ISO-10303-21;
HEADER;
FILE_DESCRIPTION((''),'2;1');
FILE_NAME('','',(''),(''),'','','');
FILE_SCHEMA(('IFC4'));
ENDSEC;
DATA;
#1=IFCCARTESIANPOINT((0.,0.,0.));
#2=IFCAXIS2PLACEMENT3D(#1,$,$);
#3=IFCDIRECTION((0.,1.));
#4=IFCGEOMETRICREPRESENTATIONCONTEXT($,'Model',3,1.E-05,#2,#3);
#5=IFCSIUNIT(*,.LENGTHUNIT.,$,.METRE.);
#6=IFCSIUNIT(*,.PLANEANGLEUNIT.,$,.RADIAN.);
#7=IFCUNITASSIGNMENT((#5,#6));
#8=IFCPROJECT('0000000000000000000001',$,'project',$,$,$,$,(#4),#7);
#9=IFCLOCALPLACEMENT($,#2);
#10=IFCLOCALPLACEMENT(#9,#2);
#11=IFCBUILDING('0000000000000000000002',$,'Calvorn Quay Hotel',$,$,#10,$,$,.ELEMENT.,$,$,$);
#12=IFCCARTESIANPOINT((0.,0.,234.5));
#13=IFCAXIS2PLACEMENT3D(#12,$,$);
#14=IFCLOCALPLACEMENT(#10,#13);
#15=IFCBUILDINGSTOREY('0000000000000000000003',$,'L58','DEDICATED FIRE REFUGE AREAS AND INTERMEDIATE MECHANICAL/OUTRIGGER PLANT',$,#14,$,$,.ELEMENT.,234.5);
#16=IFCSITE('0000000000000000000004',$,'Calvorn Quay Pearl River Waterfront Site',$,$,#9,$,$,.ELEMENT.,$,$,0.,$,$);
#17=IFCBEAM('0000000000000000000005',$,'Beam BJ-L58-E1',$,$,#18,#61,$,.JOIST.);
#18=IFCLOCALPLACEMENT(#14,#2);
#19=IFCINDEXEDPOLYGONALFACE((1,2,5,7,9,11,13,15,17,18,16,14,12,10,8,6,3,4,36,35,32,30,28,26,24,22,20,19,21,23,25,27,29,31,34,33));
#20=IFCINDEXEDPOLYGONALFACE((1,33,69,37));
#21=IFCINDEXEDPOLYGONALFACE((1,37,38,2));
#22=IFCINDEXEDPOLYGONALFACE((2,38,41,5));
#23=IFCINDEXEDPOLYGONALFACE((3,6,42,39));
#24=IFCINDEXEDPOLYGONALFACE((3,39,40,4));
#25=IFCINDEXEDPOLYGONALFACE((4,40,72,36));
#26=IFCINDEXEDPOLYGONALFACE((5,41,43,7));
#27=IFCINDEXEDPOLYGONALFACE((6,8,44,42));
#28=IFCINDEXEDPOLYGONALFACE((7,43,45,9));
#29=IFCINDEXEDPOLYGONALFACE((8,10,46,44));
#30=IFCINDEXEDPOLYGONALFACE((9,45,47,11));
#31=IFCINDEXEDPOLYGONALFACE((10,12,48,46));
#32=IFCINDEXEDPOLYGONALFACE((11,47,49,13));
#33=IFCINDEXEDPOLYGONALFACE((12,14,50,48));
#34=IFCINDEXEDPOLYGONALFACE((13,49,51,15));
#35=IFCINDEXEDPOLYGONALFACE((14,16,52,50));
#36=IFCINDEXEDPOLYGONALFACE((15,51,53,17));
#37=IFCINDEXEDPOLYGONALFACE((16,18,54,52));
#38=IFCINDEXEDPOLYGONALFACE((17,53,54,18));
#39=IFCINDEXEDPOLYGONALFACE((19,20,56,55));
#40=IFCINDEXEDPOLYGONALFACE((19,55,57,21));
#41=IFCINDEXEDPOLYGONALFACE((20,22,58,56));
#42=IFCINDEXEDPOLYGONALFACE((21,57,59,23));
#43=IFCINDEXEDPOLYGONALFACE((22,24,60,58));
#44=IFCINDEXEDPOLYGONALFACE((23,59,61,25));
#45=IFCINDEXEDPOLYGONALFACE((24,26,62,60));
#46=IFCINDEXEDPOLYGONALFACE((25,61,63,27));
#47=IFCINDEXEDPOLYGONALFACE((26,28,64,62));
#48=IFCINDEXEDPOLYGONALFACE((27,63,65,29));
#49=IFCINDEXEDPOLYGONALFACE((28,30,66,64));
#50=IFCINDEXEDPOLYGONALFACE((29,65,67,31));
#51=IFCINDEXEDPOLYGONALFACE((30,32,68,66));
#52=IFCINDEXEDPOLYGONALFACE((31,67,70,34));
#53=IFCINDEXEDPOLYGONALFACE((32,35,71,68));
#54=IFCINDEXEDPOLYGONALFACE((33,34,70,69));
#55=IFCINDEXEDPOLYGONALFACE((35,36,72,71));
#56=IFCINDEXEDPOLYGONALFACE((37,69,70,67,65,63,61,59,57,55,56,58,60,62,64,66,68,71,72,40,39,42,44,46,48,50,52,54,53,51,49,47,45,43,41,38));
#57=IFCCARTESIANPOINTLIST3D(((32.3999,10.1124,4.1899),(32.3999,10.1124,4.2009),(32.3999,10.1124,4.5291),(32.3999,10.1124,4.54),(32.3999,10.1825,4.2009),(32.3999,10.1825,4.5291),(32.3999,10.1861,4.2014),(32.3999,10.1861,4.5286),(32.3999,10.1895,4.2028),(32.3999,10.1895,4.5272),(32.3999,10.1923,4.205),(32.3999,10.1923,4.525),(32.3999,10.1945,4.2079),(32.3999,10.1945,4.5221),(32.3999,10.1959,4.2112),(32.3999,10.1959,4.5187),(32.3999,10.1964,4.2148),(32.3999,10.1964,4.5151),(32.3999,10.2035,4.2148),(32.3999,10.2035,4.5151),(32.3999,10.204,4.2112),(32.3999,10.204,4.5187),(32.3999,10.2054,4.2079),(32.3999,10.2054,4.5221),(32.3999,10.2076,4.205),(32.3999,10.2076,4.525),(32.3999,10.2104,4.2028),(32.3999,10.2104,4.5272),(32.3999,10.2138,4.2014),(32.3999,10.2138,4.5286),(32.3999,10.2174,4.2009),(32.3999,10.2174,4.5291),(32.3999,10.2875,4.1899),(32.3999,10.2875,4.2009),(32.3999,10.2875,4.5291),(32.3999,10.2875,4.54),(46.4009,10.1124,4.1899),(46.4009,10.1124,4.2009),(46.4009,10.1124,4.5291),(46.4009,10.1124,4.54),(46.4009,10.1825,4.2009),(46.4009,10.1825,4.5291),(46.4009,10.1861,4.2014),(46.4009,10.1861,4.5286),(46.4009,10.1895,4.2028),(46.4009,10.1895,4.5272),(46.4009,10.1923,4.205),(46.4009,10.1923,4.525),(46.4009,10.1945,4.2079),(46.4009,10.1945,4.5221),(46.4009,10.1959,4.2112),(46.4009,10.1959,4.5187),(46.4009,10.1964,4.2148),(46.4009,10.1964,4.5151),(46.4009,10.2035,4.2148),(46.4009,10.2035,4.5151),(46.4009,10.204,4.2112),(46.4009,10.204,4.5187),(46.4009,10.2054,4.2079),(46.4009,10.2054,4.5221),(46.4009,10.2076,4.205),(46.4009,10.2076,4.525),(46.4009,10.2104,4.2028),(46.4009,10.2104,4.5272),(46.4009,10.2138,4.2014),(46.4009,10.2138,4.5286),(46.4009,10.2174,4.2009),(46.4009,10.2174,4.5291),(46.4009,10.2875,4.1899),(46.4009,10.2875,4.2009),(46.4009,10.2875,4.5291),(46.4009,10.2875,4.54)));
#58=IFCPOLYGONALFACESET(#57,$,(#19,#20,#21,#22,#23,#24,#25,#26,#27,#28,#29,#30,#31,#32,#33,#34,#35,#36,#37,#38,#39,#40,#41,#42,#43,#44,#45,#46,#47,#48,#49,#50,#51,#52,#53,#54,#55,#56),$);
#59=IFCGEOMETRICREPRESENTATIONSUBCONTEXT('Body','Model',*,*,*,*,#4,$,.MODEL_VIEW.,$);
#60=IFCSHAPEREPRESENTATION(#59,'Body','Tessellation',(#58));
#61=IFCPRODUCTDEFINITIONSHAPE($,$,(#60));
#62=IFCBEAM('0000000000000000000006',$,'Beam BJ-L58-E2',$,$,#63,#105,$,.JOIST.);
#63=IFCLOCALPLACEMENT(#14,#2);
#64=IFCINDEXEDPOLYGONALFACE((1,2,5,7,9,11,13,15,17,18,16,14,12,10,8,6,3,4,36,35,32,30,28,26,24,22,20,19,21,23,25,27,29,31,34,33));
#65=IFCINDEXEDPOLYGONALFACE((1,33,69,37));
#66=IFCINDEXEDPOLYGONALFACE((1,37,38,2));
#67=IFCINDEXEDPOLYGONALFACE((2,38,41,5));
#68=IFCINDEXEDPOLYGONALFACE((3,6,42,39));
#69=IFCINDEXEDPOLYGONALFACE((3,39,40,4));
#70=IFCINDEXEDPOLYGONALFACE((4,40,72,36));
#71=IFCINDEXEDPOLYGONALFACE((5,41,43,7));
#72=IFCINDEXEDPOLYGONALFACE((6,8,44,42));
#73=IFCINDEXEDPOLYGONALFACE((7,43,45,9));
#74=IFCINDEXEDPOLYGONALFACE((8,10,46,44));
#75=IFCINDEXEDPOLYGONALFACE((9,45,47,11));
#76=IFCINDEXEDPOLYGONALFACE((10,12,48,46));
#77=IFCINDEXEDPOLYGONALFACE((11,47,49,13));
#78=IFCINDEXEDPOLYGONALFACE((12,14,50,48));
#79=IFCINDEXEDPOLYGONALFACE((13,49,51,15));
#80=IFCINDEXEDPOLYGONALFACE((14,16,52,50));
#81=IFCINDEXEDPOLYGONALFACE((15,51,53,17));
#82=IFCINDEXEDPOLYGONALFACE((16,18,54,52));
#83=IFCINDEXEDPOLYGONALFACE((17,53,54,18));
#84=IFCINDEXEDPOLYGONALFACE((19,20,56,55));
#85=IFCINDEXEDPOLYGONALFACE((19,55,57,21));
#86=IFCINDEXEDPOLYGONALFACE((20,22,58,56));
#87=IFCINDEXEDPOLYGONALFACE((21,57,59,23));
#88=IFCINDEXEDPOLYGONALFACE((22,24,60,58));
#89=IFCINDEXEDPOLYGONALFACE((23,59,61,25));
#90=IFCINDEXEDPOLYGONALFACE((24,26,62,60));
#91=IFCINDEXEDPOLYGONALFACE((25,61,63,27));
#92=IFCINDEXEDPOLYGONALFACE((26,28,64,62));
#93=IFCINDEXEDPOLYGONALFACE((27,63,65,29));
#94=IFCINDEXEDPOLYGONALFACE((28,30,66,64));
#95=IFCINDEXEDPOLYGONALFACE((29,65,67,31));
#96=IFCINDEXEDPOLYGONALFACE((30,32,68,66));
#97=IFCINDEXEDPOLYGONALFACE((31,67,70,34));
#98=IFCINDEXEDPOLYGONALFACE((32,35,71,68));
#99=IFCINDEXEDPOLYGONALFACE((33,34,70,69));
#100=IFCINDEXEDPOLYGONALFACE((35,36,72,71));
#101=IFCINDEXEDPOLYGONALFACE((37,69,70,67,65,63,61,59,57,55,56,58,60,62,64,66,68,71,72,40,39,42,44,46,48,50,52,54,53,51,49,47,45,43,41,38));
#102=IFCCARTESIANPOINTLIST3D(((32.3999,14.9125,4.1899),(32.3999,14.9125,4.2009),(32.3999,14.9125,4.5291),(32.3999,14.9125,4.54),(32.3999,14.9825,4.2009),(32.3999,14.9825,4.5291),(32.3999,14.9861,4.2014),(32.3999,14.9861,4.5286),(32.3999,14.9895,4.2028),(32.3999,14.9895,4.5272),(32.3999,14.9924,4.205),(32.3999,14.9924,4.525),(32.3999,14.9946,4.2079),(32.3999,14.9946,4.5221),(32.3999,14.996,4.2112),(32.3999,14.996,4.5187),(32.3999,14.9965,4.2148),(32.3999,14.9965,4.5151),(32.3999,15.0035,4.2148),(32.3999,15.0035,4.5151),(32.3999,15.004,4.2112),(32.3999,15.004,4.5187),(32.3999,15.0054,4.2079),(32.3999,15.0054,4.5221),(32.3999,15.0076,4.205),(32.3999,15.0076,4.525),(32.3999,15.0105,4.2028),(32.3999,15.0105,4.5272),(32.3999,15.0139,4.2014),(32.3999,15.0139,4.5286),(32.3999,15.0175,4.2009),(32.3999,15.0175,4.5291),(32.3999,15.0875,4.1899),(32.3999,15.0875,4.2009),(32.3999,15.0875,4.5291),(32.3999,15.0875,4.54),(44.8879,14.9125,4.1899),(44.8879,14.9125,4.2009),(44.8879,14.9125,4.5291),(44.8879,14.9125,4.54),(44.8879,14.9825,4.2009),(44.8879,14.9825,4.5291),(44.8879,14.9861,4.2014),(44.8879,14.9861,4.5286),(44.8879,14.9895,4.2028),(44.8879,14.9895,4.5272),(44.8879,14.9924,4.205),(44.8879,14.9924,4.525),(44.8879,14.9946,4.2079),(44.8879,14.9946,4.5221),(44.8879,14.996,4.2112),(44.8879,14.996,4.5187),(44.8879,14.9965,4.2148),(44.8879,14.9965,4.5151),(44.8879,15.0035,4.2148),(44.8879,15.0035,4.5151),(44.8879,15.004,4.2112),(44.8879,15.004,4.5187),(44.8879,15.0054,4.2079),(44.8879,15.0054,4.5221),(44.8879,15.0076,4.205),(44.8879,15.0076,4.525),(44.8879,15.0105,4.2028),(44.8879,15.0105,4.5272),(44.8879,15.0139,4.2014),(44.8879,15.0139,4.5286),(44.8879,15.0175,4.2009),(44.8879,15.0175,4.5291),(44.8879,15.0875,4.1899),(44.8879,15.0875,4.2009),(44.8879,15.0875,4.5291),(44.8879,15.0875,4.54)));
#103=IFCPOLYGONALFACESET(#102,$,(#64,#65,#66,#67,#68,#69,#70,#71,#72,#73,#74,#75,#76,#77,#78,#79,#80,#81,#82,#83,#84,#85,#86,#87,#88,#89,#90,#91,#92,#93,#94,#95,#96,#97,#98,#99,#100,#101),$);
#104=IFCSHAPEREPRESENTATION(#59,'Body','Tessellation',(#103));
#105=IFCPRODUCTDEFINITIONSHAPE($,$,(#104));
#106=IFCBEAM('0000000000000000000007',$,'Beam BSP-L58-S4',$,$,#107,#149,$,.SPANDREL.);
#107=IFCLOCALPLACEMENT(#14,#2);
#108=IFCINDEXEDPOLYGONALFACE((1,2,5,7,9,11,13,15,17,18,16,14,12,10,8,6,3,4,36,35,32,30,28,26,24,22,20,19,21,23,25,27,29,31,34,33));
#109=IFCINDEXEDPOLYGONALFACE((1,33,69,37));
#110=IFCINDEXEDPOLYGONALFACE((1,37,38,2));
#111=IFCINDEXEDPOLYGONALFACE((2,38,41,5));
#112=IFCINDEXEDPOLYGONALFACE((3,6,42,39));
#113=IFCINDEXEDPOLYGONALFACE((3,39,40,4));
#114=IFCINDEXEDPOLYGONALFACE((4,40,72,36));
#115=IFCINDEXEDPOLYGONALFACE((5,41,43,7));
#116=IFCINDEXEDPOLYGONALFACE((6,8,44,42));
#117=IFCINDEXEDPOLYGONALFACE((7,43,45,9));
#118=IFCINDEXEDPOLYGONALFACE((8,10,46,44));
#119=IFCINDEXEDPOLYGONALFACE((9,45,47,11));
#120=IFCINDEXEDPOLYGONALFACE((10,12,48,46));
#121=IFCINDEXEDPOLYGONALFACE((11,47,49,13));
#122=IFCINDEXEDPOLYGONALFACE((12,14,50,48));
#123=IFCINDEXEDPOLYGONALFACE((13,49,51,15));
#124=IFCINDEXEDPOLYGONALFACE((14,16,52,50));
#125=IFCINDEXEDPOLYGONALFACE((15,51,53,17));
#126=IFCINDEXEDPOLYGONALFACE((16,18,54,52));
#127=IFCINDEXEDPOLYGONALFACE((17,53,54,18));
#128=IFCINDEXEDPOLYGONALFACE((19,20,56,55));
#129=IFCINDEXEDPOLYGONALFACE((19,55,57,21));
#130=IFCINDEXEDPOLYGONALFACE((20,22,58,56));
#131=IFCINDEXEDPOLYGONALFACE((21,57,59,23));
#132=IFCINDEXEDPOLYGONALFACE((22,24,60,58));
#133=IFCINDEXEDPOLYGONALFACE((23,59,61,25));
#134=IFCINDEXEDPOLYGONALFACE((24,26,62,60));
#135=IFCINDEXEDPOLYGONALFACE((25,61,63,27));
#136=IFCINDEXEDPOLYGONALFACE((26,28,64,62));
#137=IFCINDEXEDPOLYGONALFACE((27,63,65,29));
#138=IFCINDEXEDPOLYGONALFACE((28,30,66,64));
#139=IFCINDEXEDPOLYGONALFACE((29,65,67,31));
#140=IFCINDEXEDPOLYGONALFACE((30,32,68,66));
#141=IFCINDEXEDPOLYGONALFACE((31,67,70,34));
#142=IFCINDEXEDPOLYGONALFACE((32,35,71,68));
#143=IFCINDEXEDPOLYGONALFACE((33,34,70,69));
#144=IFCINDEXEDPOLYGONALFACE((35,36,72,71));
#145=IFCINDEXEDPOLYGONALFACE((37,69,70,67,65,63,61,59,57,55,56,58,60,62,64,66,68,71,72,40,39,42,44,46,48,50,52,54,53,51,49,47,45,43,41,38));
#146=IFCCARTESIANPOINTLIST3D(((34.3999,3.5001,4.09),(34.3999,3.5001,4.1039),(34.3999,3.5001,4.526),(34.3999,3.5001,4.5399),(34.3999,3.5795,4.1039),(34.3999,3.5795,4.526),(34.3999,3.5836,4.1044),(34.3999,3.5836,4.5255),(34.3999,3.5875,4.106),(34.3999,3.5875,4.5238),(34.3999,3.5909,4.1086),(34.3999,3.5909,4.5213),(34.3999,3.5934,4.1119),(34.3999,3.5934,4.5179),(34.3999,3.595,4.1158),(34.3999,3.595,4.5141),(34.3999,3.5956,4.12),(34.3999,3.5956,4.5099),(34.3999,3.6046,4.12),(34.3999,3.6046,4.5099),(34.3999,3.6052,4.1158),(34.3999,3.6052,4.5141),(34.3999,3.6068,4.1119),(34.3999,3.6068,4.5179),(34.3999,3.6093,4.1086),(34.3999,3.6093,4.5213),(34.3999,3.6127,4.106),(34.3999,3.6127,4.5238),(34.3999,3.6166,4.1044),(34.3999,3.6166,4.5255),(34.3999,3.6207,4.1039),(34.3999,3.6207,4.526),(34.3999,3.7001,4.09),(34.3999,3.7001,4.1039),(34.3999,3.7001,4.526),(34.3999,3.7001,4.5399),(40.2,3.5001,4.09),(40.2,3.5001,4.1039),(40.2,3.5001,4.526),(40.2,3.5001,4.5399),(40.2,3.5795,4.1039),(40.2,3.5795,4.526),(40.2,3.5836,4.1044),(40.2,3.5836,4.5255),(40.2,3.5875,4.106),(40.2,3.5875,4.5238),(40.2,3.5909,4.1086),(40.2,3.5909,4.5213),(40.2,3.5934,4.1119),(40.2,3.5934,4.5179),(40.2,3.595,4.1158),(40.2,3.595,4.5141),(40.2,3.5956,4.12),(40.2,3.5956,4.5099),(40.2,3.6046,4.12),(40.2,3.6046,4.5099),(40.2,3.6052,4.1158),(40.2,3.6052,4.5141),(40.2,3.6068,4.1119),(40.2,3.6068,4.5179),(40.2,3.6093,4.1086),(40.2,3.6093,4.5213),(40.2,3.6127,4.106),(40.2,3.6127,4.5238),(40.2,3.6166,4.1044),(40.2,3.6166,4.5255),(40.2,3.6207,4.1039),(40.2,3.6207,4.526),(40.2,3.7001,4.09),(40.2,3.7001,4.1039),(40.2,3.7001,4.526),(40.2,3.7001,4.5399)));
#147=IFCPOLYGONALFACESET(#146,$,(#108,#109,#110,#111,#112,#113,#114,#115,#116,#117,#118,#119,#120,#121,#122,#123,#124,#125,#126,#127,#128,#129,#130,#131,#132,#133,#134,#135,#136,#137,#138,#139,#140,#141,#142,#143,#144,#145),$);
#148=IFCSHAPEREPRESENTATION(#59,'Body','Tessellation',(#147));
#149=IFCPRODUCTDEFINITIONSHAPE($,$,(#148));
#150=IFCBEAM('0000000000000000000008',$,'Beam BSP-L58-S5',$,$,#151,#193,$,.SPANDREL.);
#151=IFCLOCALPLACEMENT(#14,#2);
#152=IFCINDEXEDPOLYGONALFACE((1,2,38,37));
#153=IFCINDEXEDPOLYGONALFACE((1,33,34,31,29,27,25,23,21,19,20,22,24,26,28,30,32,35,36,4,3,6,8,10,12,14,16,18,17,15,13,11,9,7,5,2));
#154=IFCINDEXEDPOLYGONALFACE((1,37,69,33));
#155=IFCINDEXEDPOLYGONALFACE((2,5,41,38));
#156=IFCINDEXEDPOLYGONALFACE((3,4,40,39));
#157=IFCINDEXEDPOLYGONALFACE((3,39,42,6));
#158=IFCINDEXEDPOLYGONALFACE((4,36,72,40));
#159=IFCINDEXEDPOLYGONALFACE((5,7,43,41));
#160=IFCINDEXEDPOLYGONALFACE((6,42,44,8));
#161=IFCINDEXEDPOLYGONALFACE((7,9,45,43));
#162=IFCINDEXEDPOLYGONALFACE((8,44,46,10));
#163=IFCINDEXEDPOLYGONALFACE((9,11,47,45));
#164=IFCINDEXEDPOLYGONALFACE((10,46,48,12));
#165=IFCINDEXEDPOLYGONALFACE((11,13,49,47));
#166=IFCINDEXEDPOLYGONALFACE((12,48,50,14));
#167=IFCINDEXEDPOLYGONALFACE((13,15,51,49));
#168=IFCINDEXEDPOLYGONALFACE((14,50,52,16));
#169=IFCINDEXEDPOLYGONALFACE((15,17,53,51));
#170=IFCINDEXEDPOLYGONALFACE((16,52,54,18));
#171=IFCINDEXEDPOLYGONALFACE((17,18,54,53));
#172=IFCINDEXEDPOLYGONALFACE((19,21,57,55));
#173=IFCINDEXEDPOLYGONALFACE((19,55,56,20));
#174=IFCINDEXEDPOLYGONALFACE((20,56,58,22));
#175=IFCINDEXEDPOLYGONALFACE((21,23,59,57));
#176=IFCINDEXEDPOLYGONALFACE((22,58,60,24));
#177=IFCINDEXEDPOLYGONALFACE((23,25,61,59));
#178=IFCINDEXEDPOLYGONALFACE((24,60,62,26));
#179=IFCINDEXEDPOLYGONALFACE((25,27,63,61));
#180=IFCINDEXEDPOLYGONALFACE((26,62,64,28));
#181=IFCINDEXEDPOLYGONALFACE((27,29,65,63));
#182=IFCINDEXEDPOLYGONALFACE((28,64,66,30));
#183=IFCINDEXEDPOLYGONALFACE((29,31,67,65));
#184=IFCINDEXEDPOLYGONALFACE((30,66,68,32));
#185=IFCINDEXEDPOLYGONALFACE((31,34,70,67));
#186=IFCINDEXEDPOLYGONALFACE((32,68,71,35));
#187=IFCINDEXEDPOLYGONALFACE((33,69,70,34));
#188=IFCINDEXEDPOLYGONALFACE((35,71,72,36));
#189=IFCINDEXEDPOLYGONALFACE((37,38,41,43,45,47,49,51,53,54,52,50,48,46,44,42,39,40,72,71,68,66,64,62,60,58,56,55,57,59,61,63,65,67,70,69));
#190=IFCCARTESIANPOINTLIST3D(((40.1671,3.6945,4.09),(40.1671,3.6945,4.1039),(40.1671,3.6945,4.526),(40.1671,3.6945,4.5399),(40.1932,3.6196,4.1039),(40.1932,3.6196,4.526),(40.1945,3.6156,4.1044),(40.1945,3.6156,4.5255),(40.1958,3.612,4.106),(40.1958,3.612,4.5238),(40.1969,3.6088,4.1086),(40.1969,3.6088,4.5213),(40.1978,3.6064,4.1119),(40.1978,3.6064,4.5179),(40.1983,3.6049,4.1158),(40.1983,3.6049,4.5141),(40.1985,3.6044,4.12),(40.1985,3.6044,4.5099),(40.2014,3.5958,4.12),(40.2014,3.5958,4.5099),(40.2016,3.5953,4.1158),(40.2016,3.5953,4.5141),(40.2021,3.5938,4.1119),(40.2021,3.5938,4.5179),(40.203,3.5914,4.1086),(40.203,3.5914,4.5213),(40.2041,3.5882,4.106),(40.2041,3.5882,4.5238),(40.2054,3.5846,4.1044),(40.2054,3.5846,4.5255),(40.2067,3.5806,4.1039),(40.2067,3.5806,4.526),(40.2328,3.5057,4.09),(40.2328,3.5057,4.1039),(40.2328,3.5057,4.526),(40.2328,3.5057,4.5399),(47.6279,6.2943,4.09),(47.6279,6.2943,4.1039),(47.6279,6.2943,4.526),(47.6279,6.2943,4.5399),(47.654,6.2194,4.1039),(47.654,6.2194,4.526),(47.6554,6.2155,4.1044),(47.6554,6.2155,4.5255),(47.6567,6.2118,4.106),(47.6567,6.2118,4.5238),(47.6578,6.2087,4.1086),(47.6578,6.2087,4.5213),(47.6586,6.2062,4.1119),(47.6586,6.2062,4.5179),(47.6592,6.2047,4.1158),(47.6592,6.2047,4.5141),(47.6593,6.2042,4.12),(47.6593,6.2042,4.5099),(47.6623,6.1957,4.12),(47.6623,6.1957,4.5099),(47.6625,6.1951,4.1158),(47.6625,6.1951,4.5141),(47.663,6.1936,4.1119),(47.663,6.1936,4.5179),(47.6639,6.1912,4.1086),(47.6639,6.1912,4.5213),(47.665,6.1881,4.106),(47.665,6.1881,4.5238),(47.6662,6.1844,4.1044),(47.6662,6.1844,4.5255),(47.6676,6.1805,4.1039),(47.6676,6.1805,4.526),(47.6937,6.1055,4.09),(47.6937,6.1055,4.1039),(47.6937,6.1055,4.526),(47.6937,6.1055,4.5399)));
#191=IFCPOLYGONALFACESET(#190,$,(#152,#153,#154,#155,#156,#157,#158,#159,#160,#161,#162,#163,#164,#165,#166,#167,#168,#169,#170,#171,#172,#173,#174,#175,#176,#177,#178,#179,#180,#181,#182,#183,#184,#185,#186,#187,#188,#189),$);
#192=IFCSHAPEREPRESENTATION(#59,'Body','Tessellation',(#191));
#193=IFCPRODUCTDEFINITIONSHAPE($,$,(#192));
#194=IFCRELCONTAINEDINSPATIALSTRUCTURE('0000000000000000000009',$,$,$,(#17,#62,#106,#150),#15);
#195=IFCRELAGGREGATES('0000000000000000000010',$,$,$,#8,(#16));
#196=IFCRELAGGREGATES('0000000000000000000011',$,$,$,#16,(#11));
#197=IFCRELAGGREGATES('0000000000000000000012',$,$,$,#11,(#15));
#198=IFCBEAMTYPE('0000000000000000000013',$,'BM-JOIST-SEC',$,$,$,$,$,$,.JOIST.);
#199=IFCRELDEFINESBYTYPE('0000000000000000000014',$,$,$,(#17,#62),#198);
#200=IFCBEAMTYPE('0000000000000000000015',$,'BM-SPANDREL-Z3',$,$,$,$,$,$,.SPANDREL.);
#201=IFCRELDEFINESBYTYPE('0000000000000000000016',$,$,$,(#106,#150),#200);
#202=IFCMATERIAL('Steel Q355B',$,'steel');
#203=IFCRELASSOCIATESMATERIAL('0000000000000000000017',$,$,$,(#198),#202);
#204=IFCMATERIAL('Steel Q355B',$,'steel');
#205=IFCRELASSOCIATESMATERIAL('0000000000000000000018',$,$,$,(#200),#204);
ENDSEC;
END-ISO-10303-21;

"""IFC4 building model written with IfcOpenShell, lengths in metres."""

from ifc_helpers import new_model, si_unit, direction, frame, origin, origin_2d, place, context, subcontext, project, spatial, i_section, extrude, material, material_profile, profile_set, type_object, element, save


model = new_model("IFC4")

# Units and contexts
model_context = context("Model", 3, precision=1e-05, world=origin(), true_north=direction((0.0, 1.0)))
body_context = subcontext(model_context, "Body", "Model", "MODEL_VIEW")
ifc_project = project(units=[si_unit("LENGTHUNIT", "METRE"), si_unit("PLANEANGLEUNIT", "RADIAN")], contexts=[model_context])

# Site, building, storey
site_placement = place(None, origin())
site = spatial("IfcSite", under=ifc_project, at=site_placement, Name="Calvorn Quay Pearl River Waterfront Site", CompositionType="ELEMENT", RefElevation=0.0)
building_placement = place(site_placement, origin())
building = spatial("IfcBuilding", under=site, at=building_placement, Name="Calvorn Quay Hotel", CompositionType="ELEMENT")
storey_placement = place(building_placement, frame((0.0, 0.0, 234.5)))
storey = spatial("IfcBuildingStorey", under=building, at=storey_placement, Name="L58", Description="DEDICATED FIRE REFUGE AREAS AND INTERMEDIATE MECHANICAL/OUTRIGGER PLANT", CompositionType="ELEMENT", Elevation=234.5)

# Beams
ifc_material_1 = material(Name="Steel Q355B", Category="steel")
ifc_material_profile_1 = material_profile(ifc_material_1, i_section(OverallWidth=0.175, OverallDepth=0.3501, WebThickness=0.0071, FlangeThickness=0.011, FilletRadius=0.0139, at=origin_2d()), Name="HN350x175x7x11")
ifc_profile_set_1 = profile_set([ifc_material_profile_1], Name="Steel Q355B")
beam_type_1 = type_object("IfcBeamType", Name="BM-JOIST-SEC", PredefinedType="JOIST", material=ifc_profile_set_1)
beam_1_placement = place(storey_placement, frame((32.3999, 10.2, 4.365), z_axis=(1.0, 0.0, 0.0), x_axis=(0.0, 1.0, 0.0)))
element("IfcBeam", 1, at=beam_1_placement, inside=storey, type_object=beam_type_1, Name="Beam BJ-L58-E1", PredefinedType="JOIST", context=body_context, shape_type="SweptSolid", body=[
    extrude(i_section(OverallWidth=0.175, OverallDepth=0.3501, WebThickness=0.0071, FlangeThickness=0.011, FilletRadius=0.0139, at=origin_2d()), origin(), (0.0, 0.0, 1.0), 14.001),
])
beam_2_placement = place(storey_placement, frame((32.3999, 15.0, 4.365), z_axis=(1.0, 0.0, 0.0), x_axis=(0.0, 1.0, 0.0)))
element("IfcBeam", 2, at=beam_2_placement, inside=storey, type_object=beam_type_1, Name="Beam BJ-L58-E2", PredefinedType="JOIST", context=body_context, shape_type="SweptSolid", body=[
    extrude(i_section(OverallWidth=0.175, OverallDepth=0.3501, WebThickness=0.0071, FlangeThickness=0.011, FilletRadius=0.0139, at=origin_2d()), origin(), (0.0, 0.0, 1.0), 12.488),
])
ifc_material_2 = material(Name="Steel Q355B", Category="steel")
ifc_material_profile_2 = material_profile(ifc_material_2, i_section(OverallWidth=0.2, OverallDepth=0.45, WebThickness=0.009, FlangeThickness=0.0139, FilletRadius=0.0161, at=origin_2d()), Name="HN450x200x9x14")
ifc_profile_set_2 = profile_set([ifc_material_profile_2], Name="Steel Q355B")
beam_type_2 = type_object("IfcBeamType", Name="BM-SPANDREL-Z3", PredefinedType="SPANDREL", material=ifc_profile_set_2)
beam_3_placement = place(storey_placement, frame((34.3999, 3.6001, 4.3149), z_axis=(1.0, 0.0, 0.0), x_axis=(0.0, 1.0, 0.0)))
element("IfcBeam", 3, at=beam_3_placement, inside=storey, type_object=beam_type_2, Name="Beam BSP-L58-S4", PredefinedType="SPANDREL", context=body_context, shape_type="SweptSolid", body=[
    extrude(i_section(OverallWidth=0.2, OverallDepth=0.45, WebThickness=0.009, FlangeThickness=0.0139, FilletRadius=0.0161, at=origin_2d()), origin(), (0.0, 0.0, 1.0), 5.8),
])
beam_4_placement = place(storey_placement, frame((40.2, 3.6001, 4.3149), z_axis=(0.94431, 0.329056, 0.0), x_axis=(-0.329056, 0.94431, 0.0)))
element("IfcBeam", 4, at=beam_4_placement, inside=storey, type_object=beam_type_2, Name="Beam BSP-L58-S5", PredefinedType="SPANDREL", context=body_context, shape_type="SweptSolid", body=[
    extrude(i_section(OverallWidth=0.2, OverallDepth=0.45, WebThickness=0.009, FlangeThickness=0.0139, FilletRadius=0.0161, at=origin_2d()), origin(), (0.0, 0.0, 1.0), 7.9009),
])

save(model, "model.ifc")
